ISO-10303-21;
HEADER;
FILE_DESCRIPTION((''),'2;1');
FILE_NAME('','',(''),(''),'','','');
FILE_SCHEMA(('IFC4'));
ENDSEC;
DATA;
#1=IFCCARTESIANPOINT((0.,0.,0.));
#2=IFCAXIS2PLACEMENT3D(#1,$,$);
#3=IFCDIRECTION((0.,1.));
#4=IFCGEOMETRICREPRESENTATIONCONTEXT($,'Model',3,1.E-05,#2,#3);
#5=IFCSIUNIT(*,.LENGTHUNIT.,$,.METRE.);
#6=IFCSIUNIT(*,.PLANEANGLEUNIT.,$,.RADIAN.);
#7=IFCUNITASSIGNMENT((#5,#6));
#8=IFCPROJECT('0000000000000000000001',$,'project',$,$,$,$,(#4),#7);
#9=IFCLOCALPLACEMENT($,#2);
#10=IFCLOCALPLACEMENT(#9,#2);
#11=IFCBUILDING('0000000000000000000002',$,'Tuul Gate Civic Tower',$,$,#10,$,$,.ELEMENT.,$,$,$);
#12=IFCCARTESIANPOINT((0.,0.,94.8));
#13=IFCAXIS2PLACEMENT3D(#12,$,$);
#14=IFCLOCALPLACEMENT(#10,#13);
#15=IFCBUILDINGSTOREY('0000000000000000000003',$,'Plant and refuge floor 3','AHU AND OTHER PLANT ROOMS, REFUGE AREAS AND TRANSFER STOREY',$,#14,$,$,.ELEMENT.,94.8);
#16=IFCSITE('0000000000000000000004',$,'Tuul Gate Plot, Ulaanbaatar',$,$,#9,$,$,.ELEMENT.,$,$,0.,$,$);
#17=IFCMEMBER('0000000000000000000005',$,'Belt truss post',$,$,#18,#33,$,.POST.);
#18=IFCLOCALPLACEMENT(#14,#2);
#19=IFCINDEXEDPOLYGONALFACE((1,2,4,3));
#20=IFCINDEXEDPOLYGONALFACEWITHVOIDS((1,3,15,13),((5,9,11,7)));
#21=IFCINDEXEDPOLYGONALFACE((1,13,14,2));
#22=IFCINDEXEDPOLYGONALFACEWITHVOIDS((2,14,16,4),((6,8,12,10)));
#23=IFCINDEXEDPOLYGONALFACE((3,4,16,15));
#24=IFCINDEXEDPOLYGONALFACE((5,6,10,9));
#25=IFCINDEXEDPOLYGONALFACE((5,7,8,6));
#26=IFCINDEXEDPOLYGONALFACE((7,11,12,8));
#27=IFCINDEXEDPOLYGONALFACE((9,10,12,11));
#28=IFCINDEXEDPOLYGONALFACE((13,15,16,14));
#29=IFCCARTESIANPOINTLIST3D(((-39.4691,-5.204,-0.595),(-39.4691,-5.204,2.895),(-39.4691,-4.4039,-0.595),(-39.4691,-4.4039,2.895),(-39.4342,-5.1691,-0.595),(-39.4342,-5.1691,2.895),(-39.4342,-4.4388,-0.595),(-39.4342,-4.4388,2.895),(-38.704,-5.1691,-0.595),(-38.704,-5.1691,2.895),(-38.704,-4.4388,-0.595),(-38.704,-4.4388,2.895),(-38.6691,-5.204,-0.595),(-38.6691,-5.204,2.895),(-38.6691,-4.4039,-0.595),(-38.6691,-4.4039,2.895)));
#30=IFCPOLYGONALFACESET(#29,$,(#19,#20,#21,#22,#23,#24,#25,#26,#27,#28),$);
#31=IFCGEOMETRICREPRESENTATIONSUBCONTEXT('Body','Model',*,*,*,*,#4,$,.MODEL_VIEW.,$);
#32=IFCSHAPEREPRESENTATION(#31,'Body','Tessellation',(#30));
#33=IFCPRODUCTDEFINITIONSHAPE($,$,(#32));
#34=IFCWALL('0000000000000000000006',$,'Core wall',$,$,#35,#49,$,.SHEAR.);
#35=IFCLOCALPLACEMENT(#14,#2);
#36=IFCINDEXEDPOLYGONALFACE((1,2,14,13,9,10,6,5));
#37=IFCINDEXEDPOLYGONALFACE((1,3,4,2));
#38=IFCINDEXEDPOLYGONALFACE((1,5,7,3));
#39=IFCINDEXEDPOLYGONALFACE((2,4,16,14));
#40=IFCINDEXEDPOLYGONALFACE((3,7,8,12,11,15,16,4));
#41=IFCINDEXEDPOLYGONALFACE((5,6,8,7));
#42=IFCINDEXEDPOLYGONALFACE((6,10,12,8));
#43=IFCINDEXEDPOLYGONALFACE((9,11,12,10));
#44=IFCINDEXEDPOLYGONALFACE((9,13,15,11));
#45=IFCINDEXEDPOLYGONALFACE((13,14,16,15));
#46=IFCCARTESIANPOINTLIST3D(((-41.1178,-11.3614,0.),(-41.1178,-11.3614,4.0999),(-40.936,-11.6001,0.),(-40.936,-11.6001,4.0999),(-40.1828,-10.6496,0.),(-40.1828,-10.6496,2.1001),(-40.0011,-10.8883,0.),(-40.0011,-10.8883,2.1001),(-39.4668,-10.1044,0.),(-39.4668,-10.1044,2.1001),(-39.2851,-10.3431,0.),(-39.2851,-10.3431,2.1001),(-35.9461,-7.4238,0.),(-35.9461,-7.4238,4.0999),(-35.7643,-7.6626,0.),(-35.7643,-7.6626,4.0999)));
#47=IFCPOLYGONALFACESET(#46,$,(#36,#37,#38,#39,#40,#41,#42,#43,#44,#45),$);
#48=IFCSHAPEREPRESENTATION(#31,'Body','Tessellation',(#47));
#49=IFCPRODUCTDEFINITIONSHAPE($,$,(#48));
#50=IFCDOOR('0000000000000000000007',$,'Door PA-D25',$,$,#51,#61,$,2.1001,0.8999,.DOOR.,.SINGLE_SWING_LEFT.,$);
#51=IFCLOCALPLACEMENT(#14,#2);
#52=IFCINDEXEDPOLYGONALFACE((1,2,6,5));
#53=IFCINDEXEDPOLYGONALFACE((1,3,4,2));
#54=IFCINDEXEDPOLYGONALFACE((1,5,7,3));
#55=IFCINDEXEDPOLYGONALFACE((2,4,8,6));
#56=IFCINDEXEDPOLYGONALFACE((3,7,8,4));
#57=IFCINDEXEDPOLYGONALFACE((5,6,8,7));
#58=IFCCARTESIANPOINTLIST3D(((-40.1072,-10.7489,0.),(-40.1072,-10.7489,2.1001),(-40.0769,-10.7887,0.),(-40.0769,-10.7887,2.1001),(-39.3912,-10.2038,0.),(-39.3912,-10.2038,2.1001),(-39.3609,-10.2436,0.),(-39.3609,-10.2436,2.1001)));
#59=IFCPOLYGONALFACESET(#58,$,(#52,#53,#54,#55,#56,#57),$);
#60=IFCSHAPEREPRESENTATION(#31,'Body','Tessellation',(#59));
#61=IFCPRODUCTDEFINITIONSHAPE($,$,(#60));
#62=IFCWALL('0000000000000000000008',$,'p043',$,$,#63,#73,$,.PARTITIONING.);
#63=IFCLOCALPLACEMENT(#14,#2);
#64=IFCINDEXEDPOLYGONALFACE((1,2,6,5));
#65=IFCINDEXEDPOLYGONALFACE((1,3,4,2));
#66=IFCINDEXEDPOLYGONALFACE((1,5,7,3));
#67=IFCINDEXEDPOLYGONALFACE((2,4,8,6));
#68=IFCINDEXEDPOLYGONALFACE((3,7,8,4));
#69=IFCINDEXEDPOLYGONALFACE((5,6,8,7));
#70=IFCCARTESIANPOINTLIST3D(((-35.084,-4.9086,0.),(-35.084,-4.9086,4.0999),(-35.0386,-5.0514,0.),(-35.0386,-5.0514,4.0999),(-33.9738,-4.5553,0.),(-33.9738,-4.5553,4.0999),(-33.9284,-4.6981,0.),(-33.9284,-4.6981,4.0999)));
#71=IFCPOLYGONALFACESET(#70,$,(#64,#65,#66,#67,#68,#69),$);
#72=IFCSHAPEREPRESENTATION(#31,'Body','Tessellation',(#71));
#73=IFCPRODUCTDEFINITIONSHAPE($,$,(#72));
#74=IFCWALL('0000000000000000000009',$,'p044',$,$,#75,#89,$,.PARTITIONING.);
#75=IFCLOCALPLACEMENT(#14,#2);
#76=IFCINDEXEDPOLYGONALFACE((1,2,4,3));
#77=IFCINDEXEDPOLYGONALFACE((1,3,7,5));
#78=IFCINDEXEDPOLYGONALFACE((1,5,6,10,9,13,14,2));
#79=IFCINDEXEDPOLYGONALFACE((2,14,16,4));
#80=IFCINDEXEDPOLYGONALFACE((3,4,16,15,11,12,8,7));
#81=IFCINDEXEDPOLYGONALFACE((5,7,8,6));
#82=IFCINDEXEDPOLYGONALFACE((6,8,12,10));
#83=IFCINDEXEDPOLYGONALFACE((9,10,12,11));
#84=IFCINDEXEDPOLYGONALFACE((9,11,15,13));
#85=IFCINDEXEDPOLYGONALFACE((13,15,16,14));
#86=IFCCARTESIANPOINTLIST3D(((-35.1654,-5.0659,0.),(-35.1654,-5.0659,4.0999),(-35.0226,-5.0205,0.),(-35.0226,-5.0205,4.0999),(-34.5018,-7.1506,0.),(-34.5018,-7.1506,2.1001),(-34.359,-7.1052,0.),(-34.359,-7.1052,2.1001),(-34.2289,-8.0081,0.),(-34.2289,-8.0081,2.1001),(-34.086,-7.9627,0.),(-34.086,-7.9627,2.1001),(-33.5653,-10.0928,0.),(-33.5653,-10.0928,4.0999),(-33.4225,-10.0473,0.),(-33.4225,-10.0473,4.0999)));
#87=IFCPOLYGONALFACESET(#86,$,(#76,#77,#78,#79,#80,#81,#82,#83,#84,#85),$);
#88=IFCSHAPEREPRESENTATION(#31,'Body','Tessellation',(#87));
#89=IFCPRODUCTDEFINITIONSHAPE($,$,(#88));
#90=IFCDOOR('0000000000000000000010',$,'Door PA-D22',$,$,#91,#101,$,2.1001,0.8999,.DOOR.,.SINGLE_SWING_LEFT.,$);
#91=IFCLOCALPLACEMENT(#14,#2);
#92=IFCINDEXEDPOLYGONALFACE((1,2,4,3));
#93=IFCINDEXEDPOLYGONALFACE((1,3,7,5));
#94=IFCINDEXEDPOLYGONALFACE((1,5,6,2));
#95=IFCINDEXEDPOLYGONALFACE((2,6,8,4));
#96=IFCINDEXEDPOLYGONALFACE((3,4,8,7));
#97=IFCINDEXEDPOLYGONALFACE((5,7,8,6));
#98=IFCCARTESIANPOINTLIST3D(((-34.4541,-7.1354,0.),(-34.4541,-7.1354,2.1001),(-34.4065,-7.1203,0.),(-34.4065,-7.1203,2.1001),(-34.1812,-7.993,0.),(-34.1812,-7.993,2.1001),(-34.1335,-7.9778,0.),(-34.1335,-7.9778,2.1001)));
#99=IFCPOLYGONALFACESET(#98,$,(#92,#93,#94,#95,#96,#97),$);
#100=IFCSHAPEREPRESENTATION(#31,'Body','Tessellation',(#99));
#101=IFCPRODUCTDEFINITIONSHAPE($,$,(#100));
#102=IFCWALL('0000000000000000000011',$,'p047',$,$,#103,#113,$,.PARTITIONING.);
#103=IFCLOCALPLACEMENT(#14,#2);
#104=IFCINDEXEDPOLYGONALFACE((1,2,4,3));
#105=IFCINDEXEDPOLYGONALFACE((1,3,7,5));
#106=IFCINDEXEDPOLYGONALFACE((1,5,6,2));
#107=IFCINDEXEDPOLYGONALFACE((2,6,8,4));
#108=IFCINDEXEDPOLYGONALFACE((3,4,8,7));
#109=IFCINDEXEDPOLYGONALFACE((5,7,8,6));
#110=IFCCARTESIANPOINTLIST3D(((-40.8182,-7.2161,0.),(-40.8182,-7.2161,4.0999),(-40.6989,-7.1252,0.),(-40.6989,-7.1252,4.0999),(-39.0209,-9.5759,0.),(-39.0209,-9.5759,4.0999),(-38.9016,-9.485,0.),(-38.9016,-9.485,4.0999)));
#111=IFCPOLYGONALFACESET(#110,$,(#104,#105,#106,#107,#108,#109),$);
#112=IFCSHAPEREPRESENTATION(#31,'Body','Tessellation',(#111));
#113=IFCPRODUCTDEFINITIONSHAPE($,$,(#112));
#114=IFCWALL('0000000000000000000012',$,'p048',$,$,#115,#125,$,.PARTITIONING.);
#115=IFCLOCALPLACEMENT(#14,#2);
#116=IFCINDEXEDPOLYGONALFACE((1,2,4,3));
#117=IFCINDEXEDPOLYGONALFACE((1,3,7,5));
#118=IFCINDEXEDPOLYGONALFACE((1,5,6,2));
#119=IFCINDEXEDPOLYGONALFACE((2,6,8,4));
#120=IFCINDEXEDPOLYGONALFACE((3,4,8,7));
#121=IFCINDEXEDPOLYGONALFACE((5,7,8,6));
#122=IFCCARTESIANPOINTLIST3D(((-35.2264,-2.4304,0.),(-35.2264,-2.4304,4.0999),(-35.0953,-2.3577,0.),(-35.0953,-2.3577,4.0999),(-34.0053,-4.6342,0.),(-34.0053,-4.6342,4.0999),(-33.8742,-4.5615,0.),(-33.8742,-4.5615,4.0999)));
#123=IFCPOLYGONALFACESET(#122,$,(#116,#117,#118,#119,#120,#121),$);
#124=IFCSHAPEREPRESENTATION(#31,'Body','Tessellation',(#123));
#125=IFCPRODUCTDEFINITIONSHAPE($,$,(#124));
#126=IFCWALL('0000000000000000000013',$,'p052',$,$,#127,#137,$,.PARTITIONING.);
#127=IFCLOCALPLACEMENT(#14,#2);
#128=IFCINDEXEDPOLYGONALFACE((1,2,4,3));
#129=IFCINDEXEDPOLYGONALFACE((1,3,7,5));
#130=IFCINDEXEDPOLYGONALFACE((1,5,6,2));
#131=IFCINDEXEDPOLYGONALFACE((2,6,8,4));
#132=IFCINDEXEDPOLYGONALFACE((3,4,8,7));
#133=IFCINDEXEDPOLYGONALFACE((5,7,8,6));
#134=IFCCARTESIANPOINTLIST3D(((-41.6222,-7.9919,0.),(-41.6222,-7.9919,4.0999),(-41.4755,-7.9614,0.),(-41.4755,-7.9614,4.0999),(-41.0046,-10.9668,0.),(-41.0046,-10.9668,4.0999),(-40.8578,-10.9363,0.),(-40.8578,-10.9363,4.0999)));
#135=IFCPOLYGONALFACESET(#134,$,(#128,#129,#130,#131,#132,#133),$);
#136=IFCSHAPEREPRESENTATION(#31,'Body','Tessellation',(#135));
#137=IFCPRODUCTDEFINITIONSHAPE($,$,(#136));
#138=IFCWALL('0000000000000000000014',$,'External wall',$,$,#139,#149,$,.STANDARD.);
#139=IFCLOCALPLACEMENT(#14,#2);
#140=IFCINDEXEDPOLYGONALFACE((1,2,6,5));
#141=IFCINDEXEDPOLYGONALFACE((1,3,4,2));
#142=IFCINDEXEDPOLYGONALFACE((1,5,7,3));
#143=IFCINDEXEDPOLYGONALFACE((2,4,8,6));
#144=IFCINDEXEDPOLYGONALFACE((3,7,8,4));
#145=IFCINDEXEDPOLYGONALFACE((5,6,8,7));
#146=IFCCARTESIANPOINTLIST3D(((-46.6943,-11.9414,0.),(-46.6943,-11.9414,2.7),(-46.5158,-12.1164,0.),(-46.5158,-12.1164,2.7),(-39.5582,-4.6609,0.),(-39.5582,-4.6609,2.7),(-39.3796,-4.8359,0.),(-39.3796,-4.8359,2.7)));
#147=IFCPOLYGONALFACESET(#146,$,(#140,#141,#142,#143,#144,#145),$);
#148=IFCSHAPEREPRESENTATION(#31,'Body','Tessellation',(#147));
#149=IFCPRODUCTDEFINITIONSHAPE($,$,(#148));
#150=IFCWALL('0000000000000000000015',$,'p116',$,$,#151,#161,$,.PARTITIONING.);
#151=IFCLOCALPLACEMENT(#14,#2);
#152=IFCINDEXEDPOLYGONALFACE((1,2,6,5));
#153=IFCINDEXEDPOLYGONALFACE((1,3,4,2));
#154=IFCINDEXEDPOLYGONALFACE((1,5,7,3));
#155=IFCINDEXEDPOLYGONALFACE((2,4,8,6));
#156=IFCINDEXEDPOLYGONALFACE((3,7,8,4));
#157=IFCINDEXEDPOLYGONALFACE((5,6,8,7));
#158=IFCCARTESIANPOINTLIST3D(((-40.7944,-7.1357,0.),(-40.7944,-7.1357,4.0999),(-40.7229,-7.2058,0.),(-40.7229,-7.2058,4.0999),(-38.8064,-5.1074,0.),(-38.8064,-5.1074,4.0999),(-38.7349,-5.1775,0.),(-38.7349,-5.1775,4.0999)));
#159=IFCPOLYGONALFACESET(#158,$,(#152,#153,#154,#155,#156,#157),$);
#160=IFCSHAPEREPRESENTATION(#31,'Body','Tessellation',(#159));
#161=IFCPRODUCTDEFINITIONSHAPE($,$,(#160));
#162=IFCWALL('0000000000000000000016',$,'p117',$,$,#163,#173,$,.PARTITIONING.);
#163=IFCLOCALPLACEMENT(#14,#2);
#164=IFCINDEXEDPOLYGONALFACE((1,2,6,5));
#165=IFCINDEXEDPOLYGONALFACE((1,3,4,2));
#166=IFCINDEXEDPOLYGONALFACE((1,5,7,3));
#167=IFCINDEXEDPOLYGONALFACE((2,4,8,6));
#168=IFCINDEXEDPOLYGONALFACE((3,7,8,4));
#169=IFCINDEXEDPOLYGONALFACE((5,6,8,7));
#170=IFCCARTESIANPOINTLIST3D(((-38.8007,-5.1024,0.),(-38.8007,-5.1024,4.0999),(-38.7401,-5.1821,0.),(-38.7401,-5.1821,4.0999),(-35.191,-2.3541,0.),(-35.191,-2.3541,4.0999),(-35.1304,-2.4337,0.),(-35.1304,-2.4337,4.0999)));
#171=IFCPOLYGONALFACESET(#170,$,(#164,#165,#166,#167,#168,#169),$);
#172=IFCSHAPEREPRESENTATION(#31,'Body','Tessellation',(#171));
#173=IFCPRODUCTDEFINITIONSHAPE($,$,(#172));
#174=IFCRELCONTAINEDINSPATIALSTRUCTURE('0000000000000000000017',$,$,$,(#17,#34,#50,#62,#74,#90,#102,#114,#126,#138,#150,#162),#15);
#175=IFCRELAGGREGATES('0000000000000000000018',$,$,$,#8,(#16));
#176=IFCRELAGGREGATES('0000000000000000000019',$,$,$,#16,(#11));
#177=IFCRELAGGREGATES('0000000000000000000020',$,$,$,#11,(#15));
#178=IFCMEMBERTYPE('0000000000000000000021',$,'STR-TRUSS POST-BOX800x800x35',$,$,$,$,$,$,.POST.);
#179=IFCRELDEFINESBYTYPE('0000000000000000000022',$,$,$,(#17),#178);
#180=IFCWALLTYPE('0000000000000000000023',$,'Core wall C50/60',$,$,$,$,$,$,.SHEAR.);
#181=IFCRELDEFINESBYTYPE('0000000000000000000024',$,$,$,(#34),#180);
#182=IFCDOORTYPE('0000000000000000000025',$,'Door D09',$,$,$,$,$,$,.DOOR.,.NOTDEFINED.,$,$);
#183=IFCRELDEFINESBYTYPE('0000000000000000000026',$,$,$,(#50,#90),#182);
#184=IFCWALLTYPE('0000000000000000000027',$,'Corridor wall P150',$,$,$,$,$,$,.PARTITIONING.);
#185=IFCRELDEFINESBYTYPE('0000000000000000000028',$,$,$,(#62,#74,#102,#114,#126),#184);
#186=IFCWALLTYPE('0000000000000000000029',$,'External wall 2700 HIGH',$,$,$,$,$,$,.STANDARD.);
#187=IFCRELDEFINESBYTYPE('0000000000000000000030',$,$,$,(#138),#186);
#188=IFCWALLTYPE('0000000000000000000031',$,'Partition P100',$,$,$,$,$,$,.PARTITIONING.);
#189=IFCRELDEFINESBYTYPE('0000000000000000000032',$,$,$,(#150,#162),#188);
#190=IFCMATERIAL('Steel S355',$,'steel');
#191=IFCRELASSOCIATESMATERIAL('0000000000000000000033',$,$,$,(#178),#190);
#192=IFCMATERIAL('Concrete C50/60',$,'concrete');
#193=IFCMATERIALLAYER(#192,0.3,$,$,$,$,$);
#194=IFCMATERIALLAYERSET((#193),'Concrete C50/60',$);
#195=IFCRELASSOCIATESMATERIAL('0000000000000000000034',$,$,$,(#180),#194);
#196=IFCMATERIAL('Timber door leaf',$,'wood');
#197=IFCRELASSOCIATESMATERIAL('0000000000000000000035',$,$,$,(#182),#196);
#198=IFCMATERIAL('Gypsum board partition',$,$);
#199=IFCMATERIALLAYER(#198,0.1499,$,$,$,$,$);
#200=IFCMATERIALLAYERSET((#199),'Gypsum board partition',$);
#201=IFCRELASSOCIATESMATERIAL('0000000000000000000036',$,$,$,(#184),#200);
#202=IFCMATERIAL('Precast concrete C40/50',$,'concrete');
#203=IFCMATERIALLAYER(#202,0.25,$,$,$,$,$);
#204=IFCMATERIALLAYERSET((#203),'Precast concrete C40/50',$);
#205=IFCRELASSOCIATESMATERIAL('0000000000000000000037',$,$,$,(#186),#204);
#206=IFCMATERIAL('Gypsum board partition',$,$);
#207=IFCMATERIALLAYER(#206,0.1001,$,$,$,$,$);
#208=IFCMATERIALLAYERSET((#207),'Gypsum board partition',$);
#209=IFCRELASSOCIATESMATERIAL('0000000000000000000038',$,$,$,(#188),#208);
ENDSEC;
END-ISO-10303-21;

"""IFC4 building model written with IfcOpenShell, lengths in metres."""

from ifc_helpers import new_model, si_unit, direction, frame, frame_2d, origin, origin_2d, place, context, subcontext, project, spatial, rectangle, hollow_rectangle, extrude, material, layer, layer_set, material_profile, profile_set, type_object, element, fill, save


model = new_model("IFC4")

# Units and contexts
model_context = context("Model", 3, precision=1e-05, world=origin(), true_north=direction((0.0, 1.0)))
body_context = subcontext(model_context, "Body", "Model", "MODEL_VIEW")
ifc_project = project(units=[si_unit("LENGTHUNIT", "METRE"), si_unit("PLANEANGLEUNIT", "RADIAN")], contexts=[model_context])

# Site, building, storey
site_placement = place(None, origin())
site = spatial("IfcSite", under=ifc_project, at=site_placement, Name="Tuul Gate Plot, Ulaanbaatar", CompositionType="ELEMENT", RefElevation=0.0)
building_placement = place(site_placement, origin())
building = spatial("IfcBuilding", under=site, at=building_placement, Name="Tuul Gate Civic Tower", CompositionType="ELEMENT")
storey_placement = place(building_placement, frame((0.0, 0.0, 94.8)))
storey = spatial("IfcBuildingStorey", under=building, at=storey_placement, Name="Plant and refuge floor 3", Description="AHU AND OTHER PLANT ROOMS, REFUGE AREAS AND TRANSFER STOREY", CompositionType="ELEMENT", Elevation=94.8)

# Member
ifc_material_1 = material(Name="Steel S355", Category="steel")
ifc_material_profile_1 = material_profile(ifc_material_1, hollow_rectangle(XDim=0.8, YDim=0.8, WallThickness=0.0349, at=origin_2d()), Name="BOX800x800x35")
ifc_profile_set_1 = profile_set([ifc_material_profile_1], Name="Steel S355")
member_type_1 = type_object("IfcMemberType", Name="STR-TRUSS POST-BOX800x800x35", PredefinedType="POST", material=ifc_profile_set_1)
member_1_placement = place(storey_placement, frame((-39.0691, -4.804, -0.595), z_axis=(0.0, 0.0, 1.0), x_axis=(1.0, 0.0, 0.0)))
element("IfcMember", 1, at=member_1_placement, inside=storey, type_object=member_type_1, Name="Belt truss post", PredefinedType="POST", context=body_context, shape_type="SweptSolid", body=[
    extrude(hollow_rectangle(XDim=0.8, YDim=0.8, WallThickness=0.0349, at=origin_2d()), origin(), (0.0, 0.0, 1.0), 3.49),
])

# Wall, opening, door
ifc_material_2 = material(Name="Concrete C50/60", Category="concrete")
ifc_layer_1 = layer(ifc_material_2, 0.3)
ifc_layer_set_1 = layer_set([ifc_layer_1], Name="Concrete C50/60")
wall_type_1 = type_object("IfcWallType", Name="Core wall C50/60", PredefinedType="SHEAR", material=ifc_layer_set_1)
wall_1_placement = place(storey_placement, frame((-35.8552, -7.5432, 0.0), z_axis=(0.0, 0.0, 1.0), x_axis=(-0.795639, -0.605772, 0.0)))
wall_1 = element("IfcWall", 2, at=wall_1_placement, inside=storey, type_object=wall_type_1, Name="Core wall", PredefinedType="SHEAR", context=body_context, shape_type="SweptSolid", body=[
    extrude(rectangle(XDim=6.5, YDim=0.3, at=frame_2d((3.25, 0.0))), origin(), (0.0, 0.0, 1.0), 4.0999),
])
opening_1_placement = place(wall_1_placement, frame((4.425, 0.0, 0.0)))
opening_1 = element("IfcOpeningElement", 3, at=opening_1_placement, cuts=wall_1, PredefinedType="OPENING", context=body_context, shape_type="SweptSolid", body=[
    extrude(rectangle(XDim=0.8999, YDim=2.1001, at=frame_2d((0.45, 1.05))), frame((0.0, 0.1602, 0.0), z_axis=(0.0, -1.0, 0.0), x_axis=(1.0, 0.0, 0.0)), (0.0, 0.0, 1.0), 0.3201),
])
ifc_material_3 = material(Name="Timber door leaf", Category="wood")
door_type = type_object("IfcDoorType", Name="Door D09", OperationType="NOTDEFINED", PredefinedType="DOOR", material=ifc_material_3)
door_1_placement = place(opening_1_placement, origin())
door_1 = element("IfcDoor", 4, at=door_1_placement, inside=storey, type_object=door_type, Name="Door PA-D25", OperationType="SINGLE_SWING_LEFT", OverallHeight=2.1001, OverallWidth=0.8999, PredefinedType="DOOR", context=body_context, shape_type="SweptSolid", body=[
    extrude(rectangle(XDim=0.8999, YDim=2.1001, at=frame_2d((0.45, 1.05))), frame((0.0, 0.0249, 0.0), z_axis=(0.0, -1.0, 0.0), x_axis=(1.0, 0.0, 0.0)), (0.0, 0.0, 1.0), 0.05),
])
fill(opening_1, door_1)

# Wall
ifc_material_4 = material(Name="Gypsum board partition")
ifc_layer_2 = layer(ifc_material_4, 0.1499)
ifc_layer_set_2 = layer_set([ifc_layer_2], Name="Gypsum board partition")
wall_type_2 = type_object("IfcWallType", Name="Corridor wall P150", PredefinedType="PARTITIONING", material=ifc_layer_set_2)
wall_2_placement = place(storey_placement, frame((-35.0613, -4.98, 0.0), z_axis=(0.0, 0.0, 1.0), x_axis=(0.952912, 0.303247, 0.0)))
element("IfcWall", 5, at=wall_2_placement, inside=storey, type_object=wall_type_2, Name="p043", PredefinedType="PARTITIONING", context=body_context, shape_type="SweptSolid", body=[
    extrude(rectangle(XDim=1.165, YDim=0.1499, at=frame_2d((0.5825, 0.0))), origin(), (0.0, 0.0, 1.0), 4.0999),
])

# Wall, opening, door
wall_3_placement = place(storey_placement, frame((-35.094, -5.0432, 0.0), z_axis=(0.0, 0.0, 1.0), x_axis=(0.303314, -0.952891, 0.0)))
wall_3 = element("IfcWall", 6, at=wall_3_placement, inside=storey, type_object=wall_type_2, Name="p044", PredefinedType="PARTITIONING", context=body_context, shape_type="SweptSolid", body=[
    extrude(rectangle(XDim=5.2754, YDim=0.1499, at=frame_2d((2.6377, 0.0))), origin(), (0.0, 0.0, 1.0), 4.0999),
])
opening_2_placement = place(wall_3_placement, frame((2.1877, 0.0, 0.0)))
opening_2 = element("IfcOpeningElement", 7, at=opening_2_placement, cuts=wall_3, PredefinedType="OPENING", context=body_context, shape_type="SweptSolid", body=[
    extrude(rectangle(XDim=0.8999, YDim=2.1001, at=frame_2d((0.45, 1.05))), frame((0.0, 0.085, 0.0), z_axis=(0.0, -1.0, 0.0), x_axis=(1.0, 0.0, 0.0)), (0.0, 0.0, 1.0), 0.1699),
])
door_2_placement = place(opening_2_placement, frame((0.8999, 0.0, 0.0), z_axis=(0.0, 0.0, 1.0), x_axis=(-1.0, 0.0, 0.0)))
door_2 = element("IfcDoor", 8, at=door_2_placement, inside=storey, type_object=door_type, Name="Door PA-D22", OperationType="SINGLE_SWING_LEFT", OverallHeight=2.1001, OverallWidth=0.8999, PredefinedType="DOOR", context=body_context, shape_type="SweptSolid", body=[
    extrude(rectangle(XDim=0.8999, YDim=2.1001, at=frame_2d((0.45, 1.05))), frame((0.0, 0.0249, 0.0), z_axis=(0.0, -1.0, 0.0), x_axis=(1.0, 0.0, 0.0)), (0.0, 0.0, 1.0), 0.05),
])
fill(opening_2, door_2)

# Walls
wall_4_placement = place(storey_placement, frame((-40.7585, -7.1707, 0.0), z_axis=(0.0, 0.0, 1.0), x_axis=(0.605909, -0.795534, 0.0)))
element("IfcWall", 9, at=wall_4_placement, inside=storey, type_object=wall_type_2, Name="p047", PredefinedType="PARTITIONING", context=body_context, shape_type="SweptSolid", body=[
    extrude(rectangle(XDim=2.9663, YDim=0.1499, at=frame_2d((1.4832, 0.0))), origin(), (0.0, 0.0, 1.0), 4.0999),
])
wall_5_placement = place(storey_placement, frame((-35.1609, -2.394, 0.0), z_axis=(0.0, 0.0, 1.0), x_axis=(0.48468, -0.874692, 0.0)))
element("IfcWall", 10, at=wall_5_placement, inside=storey, type_object=wall_type_2, Name="p048", PredefinedType="PARTITIONING", context=body_context, shape_type="SweptSolid", body=[
    extrude(rectangle(XDim=2.5195, YDim=0.1499, at=frame_2d((1.2598, 0.0))), origin(), (0.0, 0.0, 1.0), 4.0999),
])
wall_6_placement = place(storey_placement, frame((-41.5488, -7.9768, 0.0), z_axis=(0.0, 0.0, 1.0), x_axis=(0.203296, -0.979117, 0.0)))
element("IfcWall", 11, at=wall_6_placement, inside=storey, type_object=wall_type_2, Name="p052", PredefinedType="PARTITIONING", context=body_context, shape_type="SweptSolid", body=[
    extrude(rectangle(XDim=3.0383, YDim=0.1499, at=frame_2d((1.519, 0.0))), origin(), (0.0, 0.0, 1.0), 4.0999),
])
ifc_material_5 = material(Name="Precast concrete C40/50", Category="concrete")
ifc_layer_3 = layer(ifc_material_5, 0.25)
ifc_layer_set_3 = layer_set([ifc_layer_3], Name="Precast concrete C40/50")
wall_type_3 = type_object("IfcWallType", Name="External wall 2700 HIGH", PredefinedType="STANDARD", material=ifc_layer_set_3)
wall_7_placement = place(storey_placement, frame((-39.469, -4.7485, 0.0), z_axis=(0.0, 0.0, 1.0), x_axis=(-0.699995, -0.714148, 0.0)))
element("IfcWall", 12, at=wall_7_placement, inside=storey, type_object=wall_type_3, Name="External wall", PredefinedType="STANDARD", context=body_context, shape_type="SweptSolid", body=[
    extrude(rectangle(XDim=10.1946, YDim=0.25, at=frame_2d((5.0972, 0.0))), origin(), (0.0, 0.0, 1.0), 2.7),
])
ifc_material_6 = material(Name="Gypsum board partition")
ifc_layer_4 = layer(ifc_material_6, 0.1001)
ifc_layer_set_4 = layer_set([ifc_layer_4], Name="Gypsum board partition")
wall_type_4 = type_object("IfcWallType", Name="Partition P100", PredefinedType="PARTITIONING", material=ifc_layer_set_4)
wall_8_placement = place(storey_placement, frame((-40.7585, -7.1707, 0.0), z_axis=(0.0, 0.0, 1.0), x_axis=(0.699979, 0.714163, 0.0)))
element("IfcWall", 13, at=wall_8_placement, inside=storey, type_object=wall_type_4, Name="p116", PredefinedType="PARTITIONING", context=body_context, shape_type="SweptSolid", body=[
    extrude(rectangle(XDim=2.8401, YDim=0.1001, at=frame_2d((1.4199, 0.0))), origin(), (0.0, 0.0, 1.0), 4.0999),
])
wall_9_placement = place(storey_placement, frame((-38.7705, -5.1423, 0.0), z_axis=(0.0, 0.0, 1.0), x_axis=(0.795633, 0.605779, 0.0)))
element("IfcWall", 14, at=wall_9_placement, inside=storey, type_object=wall_type_4, Name="p117", PredefinedType="PARTITIONING", context=body_context, shape_type="SweptSolid", body=[
    extrude(rectangle(XDim=4.5369, YDim=0.1001, at=frame_2d((2.2686, 0.0))), origin(), (0.0, 0.0, 1.0), 4.0999),
])

save(model, "model.ifc")
